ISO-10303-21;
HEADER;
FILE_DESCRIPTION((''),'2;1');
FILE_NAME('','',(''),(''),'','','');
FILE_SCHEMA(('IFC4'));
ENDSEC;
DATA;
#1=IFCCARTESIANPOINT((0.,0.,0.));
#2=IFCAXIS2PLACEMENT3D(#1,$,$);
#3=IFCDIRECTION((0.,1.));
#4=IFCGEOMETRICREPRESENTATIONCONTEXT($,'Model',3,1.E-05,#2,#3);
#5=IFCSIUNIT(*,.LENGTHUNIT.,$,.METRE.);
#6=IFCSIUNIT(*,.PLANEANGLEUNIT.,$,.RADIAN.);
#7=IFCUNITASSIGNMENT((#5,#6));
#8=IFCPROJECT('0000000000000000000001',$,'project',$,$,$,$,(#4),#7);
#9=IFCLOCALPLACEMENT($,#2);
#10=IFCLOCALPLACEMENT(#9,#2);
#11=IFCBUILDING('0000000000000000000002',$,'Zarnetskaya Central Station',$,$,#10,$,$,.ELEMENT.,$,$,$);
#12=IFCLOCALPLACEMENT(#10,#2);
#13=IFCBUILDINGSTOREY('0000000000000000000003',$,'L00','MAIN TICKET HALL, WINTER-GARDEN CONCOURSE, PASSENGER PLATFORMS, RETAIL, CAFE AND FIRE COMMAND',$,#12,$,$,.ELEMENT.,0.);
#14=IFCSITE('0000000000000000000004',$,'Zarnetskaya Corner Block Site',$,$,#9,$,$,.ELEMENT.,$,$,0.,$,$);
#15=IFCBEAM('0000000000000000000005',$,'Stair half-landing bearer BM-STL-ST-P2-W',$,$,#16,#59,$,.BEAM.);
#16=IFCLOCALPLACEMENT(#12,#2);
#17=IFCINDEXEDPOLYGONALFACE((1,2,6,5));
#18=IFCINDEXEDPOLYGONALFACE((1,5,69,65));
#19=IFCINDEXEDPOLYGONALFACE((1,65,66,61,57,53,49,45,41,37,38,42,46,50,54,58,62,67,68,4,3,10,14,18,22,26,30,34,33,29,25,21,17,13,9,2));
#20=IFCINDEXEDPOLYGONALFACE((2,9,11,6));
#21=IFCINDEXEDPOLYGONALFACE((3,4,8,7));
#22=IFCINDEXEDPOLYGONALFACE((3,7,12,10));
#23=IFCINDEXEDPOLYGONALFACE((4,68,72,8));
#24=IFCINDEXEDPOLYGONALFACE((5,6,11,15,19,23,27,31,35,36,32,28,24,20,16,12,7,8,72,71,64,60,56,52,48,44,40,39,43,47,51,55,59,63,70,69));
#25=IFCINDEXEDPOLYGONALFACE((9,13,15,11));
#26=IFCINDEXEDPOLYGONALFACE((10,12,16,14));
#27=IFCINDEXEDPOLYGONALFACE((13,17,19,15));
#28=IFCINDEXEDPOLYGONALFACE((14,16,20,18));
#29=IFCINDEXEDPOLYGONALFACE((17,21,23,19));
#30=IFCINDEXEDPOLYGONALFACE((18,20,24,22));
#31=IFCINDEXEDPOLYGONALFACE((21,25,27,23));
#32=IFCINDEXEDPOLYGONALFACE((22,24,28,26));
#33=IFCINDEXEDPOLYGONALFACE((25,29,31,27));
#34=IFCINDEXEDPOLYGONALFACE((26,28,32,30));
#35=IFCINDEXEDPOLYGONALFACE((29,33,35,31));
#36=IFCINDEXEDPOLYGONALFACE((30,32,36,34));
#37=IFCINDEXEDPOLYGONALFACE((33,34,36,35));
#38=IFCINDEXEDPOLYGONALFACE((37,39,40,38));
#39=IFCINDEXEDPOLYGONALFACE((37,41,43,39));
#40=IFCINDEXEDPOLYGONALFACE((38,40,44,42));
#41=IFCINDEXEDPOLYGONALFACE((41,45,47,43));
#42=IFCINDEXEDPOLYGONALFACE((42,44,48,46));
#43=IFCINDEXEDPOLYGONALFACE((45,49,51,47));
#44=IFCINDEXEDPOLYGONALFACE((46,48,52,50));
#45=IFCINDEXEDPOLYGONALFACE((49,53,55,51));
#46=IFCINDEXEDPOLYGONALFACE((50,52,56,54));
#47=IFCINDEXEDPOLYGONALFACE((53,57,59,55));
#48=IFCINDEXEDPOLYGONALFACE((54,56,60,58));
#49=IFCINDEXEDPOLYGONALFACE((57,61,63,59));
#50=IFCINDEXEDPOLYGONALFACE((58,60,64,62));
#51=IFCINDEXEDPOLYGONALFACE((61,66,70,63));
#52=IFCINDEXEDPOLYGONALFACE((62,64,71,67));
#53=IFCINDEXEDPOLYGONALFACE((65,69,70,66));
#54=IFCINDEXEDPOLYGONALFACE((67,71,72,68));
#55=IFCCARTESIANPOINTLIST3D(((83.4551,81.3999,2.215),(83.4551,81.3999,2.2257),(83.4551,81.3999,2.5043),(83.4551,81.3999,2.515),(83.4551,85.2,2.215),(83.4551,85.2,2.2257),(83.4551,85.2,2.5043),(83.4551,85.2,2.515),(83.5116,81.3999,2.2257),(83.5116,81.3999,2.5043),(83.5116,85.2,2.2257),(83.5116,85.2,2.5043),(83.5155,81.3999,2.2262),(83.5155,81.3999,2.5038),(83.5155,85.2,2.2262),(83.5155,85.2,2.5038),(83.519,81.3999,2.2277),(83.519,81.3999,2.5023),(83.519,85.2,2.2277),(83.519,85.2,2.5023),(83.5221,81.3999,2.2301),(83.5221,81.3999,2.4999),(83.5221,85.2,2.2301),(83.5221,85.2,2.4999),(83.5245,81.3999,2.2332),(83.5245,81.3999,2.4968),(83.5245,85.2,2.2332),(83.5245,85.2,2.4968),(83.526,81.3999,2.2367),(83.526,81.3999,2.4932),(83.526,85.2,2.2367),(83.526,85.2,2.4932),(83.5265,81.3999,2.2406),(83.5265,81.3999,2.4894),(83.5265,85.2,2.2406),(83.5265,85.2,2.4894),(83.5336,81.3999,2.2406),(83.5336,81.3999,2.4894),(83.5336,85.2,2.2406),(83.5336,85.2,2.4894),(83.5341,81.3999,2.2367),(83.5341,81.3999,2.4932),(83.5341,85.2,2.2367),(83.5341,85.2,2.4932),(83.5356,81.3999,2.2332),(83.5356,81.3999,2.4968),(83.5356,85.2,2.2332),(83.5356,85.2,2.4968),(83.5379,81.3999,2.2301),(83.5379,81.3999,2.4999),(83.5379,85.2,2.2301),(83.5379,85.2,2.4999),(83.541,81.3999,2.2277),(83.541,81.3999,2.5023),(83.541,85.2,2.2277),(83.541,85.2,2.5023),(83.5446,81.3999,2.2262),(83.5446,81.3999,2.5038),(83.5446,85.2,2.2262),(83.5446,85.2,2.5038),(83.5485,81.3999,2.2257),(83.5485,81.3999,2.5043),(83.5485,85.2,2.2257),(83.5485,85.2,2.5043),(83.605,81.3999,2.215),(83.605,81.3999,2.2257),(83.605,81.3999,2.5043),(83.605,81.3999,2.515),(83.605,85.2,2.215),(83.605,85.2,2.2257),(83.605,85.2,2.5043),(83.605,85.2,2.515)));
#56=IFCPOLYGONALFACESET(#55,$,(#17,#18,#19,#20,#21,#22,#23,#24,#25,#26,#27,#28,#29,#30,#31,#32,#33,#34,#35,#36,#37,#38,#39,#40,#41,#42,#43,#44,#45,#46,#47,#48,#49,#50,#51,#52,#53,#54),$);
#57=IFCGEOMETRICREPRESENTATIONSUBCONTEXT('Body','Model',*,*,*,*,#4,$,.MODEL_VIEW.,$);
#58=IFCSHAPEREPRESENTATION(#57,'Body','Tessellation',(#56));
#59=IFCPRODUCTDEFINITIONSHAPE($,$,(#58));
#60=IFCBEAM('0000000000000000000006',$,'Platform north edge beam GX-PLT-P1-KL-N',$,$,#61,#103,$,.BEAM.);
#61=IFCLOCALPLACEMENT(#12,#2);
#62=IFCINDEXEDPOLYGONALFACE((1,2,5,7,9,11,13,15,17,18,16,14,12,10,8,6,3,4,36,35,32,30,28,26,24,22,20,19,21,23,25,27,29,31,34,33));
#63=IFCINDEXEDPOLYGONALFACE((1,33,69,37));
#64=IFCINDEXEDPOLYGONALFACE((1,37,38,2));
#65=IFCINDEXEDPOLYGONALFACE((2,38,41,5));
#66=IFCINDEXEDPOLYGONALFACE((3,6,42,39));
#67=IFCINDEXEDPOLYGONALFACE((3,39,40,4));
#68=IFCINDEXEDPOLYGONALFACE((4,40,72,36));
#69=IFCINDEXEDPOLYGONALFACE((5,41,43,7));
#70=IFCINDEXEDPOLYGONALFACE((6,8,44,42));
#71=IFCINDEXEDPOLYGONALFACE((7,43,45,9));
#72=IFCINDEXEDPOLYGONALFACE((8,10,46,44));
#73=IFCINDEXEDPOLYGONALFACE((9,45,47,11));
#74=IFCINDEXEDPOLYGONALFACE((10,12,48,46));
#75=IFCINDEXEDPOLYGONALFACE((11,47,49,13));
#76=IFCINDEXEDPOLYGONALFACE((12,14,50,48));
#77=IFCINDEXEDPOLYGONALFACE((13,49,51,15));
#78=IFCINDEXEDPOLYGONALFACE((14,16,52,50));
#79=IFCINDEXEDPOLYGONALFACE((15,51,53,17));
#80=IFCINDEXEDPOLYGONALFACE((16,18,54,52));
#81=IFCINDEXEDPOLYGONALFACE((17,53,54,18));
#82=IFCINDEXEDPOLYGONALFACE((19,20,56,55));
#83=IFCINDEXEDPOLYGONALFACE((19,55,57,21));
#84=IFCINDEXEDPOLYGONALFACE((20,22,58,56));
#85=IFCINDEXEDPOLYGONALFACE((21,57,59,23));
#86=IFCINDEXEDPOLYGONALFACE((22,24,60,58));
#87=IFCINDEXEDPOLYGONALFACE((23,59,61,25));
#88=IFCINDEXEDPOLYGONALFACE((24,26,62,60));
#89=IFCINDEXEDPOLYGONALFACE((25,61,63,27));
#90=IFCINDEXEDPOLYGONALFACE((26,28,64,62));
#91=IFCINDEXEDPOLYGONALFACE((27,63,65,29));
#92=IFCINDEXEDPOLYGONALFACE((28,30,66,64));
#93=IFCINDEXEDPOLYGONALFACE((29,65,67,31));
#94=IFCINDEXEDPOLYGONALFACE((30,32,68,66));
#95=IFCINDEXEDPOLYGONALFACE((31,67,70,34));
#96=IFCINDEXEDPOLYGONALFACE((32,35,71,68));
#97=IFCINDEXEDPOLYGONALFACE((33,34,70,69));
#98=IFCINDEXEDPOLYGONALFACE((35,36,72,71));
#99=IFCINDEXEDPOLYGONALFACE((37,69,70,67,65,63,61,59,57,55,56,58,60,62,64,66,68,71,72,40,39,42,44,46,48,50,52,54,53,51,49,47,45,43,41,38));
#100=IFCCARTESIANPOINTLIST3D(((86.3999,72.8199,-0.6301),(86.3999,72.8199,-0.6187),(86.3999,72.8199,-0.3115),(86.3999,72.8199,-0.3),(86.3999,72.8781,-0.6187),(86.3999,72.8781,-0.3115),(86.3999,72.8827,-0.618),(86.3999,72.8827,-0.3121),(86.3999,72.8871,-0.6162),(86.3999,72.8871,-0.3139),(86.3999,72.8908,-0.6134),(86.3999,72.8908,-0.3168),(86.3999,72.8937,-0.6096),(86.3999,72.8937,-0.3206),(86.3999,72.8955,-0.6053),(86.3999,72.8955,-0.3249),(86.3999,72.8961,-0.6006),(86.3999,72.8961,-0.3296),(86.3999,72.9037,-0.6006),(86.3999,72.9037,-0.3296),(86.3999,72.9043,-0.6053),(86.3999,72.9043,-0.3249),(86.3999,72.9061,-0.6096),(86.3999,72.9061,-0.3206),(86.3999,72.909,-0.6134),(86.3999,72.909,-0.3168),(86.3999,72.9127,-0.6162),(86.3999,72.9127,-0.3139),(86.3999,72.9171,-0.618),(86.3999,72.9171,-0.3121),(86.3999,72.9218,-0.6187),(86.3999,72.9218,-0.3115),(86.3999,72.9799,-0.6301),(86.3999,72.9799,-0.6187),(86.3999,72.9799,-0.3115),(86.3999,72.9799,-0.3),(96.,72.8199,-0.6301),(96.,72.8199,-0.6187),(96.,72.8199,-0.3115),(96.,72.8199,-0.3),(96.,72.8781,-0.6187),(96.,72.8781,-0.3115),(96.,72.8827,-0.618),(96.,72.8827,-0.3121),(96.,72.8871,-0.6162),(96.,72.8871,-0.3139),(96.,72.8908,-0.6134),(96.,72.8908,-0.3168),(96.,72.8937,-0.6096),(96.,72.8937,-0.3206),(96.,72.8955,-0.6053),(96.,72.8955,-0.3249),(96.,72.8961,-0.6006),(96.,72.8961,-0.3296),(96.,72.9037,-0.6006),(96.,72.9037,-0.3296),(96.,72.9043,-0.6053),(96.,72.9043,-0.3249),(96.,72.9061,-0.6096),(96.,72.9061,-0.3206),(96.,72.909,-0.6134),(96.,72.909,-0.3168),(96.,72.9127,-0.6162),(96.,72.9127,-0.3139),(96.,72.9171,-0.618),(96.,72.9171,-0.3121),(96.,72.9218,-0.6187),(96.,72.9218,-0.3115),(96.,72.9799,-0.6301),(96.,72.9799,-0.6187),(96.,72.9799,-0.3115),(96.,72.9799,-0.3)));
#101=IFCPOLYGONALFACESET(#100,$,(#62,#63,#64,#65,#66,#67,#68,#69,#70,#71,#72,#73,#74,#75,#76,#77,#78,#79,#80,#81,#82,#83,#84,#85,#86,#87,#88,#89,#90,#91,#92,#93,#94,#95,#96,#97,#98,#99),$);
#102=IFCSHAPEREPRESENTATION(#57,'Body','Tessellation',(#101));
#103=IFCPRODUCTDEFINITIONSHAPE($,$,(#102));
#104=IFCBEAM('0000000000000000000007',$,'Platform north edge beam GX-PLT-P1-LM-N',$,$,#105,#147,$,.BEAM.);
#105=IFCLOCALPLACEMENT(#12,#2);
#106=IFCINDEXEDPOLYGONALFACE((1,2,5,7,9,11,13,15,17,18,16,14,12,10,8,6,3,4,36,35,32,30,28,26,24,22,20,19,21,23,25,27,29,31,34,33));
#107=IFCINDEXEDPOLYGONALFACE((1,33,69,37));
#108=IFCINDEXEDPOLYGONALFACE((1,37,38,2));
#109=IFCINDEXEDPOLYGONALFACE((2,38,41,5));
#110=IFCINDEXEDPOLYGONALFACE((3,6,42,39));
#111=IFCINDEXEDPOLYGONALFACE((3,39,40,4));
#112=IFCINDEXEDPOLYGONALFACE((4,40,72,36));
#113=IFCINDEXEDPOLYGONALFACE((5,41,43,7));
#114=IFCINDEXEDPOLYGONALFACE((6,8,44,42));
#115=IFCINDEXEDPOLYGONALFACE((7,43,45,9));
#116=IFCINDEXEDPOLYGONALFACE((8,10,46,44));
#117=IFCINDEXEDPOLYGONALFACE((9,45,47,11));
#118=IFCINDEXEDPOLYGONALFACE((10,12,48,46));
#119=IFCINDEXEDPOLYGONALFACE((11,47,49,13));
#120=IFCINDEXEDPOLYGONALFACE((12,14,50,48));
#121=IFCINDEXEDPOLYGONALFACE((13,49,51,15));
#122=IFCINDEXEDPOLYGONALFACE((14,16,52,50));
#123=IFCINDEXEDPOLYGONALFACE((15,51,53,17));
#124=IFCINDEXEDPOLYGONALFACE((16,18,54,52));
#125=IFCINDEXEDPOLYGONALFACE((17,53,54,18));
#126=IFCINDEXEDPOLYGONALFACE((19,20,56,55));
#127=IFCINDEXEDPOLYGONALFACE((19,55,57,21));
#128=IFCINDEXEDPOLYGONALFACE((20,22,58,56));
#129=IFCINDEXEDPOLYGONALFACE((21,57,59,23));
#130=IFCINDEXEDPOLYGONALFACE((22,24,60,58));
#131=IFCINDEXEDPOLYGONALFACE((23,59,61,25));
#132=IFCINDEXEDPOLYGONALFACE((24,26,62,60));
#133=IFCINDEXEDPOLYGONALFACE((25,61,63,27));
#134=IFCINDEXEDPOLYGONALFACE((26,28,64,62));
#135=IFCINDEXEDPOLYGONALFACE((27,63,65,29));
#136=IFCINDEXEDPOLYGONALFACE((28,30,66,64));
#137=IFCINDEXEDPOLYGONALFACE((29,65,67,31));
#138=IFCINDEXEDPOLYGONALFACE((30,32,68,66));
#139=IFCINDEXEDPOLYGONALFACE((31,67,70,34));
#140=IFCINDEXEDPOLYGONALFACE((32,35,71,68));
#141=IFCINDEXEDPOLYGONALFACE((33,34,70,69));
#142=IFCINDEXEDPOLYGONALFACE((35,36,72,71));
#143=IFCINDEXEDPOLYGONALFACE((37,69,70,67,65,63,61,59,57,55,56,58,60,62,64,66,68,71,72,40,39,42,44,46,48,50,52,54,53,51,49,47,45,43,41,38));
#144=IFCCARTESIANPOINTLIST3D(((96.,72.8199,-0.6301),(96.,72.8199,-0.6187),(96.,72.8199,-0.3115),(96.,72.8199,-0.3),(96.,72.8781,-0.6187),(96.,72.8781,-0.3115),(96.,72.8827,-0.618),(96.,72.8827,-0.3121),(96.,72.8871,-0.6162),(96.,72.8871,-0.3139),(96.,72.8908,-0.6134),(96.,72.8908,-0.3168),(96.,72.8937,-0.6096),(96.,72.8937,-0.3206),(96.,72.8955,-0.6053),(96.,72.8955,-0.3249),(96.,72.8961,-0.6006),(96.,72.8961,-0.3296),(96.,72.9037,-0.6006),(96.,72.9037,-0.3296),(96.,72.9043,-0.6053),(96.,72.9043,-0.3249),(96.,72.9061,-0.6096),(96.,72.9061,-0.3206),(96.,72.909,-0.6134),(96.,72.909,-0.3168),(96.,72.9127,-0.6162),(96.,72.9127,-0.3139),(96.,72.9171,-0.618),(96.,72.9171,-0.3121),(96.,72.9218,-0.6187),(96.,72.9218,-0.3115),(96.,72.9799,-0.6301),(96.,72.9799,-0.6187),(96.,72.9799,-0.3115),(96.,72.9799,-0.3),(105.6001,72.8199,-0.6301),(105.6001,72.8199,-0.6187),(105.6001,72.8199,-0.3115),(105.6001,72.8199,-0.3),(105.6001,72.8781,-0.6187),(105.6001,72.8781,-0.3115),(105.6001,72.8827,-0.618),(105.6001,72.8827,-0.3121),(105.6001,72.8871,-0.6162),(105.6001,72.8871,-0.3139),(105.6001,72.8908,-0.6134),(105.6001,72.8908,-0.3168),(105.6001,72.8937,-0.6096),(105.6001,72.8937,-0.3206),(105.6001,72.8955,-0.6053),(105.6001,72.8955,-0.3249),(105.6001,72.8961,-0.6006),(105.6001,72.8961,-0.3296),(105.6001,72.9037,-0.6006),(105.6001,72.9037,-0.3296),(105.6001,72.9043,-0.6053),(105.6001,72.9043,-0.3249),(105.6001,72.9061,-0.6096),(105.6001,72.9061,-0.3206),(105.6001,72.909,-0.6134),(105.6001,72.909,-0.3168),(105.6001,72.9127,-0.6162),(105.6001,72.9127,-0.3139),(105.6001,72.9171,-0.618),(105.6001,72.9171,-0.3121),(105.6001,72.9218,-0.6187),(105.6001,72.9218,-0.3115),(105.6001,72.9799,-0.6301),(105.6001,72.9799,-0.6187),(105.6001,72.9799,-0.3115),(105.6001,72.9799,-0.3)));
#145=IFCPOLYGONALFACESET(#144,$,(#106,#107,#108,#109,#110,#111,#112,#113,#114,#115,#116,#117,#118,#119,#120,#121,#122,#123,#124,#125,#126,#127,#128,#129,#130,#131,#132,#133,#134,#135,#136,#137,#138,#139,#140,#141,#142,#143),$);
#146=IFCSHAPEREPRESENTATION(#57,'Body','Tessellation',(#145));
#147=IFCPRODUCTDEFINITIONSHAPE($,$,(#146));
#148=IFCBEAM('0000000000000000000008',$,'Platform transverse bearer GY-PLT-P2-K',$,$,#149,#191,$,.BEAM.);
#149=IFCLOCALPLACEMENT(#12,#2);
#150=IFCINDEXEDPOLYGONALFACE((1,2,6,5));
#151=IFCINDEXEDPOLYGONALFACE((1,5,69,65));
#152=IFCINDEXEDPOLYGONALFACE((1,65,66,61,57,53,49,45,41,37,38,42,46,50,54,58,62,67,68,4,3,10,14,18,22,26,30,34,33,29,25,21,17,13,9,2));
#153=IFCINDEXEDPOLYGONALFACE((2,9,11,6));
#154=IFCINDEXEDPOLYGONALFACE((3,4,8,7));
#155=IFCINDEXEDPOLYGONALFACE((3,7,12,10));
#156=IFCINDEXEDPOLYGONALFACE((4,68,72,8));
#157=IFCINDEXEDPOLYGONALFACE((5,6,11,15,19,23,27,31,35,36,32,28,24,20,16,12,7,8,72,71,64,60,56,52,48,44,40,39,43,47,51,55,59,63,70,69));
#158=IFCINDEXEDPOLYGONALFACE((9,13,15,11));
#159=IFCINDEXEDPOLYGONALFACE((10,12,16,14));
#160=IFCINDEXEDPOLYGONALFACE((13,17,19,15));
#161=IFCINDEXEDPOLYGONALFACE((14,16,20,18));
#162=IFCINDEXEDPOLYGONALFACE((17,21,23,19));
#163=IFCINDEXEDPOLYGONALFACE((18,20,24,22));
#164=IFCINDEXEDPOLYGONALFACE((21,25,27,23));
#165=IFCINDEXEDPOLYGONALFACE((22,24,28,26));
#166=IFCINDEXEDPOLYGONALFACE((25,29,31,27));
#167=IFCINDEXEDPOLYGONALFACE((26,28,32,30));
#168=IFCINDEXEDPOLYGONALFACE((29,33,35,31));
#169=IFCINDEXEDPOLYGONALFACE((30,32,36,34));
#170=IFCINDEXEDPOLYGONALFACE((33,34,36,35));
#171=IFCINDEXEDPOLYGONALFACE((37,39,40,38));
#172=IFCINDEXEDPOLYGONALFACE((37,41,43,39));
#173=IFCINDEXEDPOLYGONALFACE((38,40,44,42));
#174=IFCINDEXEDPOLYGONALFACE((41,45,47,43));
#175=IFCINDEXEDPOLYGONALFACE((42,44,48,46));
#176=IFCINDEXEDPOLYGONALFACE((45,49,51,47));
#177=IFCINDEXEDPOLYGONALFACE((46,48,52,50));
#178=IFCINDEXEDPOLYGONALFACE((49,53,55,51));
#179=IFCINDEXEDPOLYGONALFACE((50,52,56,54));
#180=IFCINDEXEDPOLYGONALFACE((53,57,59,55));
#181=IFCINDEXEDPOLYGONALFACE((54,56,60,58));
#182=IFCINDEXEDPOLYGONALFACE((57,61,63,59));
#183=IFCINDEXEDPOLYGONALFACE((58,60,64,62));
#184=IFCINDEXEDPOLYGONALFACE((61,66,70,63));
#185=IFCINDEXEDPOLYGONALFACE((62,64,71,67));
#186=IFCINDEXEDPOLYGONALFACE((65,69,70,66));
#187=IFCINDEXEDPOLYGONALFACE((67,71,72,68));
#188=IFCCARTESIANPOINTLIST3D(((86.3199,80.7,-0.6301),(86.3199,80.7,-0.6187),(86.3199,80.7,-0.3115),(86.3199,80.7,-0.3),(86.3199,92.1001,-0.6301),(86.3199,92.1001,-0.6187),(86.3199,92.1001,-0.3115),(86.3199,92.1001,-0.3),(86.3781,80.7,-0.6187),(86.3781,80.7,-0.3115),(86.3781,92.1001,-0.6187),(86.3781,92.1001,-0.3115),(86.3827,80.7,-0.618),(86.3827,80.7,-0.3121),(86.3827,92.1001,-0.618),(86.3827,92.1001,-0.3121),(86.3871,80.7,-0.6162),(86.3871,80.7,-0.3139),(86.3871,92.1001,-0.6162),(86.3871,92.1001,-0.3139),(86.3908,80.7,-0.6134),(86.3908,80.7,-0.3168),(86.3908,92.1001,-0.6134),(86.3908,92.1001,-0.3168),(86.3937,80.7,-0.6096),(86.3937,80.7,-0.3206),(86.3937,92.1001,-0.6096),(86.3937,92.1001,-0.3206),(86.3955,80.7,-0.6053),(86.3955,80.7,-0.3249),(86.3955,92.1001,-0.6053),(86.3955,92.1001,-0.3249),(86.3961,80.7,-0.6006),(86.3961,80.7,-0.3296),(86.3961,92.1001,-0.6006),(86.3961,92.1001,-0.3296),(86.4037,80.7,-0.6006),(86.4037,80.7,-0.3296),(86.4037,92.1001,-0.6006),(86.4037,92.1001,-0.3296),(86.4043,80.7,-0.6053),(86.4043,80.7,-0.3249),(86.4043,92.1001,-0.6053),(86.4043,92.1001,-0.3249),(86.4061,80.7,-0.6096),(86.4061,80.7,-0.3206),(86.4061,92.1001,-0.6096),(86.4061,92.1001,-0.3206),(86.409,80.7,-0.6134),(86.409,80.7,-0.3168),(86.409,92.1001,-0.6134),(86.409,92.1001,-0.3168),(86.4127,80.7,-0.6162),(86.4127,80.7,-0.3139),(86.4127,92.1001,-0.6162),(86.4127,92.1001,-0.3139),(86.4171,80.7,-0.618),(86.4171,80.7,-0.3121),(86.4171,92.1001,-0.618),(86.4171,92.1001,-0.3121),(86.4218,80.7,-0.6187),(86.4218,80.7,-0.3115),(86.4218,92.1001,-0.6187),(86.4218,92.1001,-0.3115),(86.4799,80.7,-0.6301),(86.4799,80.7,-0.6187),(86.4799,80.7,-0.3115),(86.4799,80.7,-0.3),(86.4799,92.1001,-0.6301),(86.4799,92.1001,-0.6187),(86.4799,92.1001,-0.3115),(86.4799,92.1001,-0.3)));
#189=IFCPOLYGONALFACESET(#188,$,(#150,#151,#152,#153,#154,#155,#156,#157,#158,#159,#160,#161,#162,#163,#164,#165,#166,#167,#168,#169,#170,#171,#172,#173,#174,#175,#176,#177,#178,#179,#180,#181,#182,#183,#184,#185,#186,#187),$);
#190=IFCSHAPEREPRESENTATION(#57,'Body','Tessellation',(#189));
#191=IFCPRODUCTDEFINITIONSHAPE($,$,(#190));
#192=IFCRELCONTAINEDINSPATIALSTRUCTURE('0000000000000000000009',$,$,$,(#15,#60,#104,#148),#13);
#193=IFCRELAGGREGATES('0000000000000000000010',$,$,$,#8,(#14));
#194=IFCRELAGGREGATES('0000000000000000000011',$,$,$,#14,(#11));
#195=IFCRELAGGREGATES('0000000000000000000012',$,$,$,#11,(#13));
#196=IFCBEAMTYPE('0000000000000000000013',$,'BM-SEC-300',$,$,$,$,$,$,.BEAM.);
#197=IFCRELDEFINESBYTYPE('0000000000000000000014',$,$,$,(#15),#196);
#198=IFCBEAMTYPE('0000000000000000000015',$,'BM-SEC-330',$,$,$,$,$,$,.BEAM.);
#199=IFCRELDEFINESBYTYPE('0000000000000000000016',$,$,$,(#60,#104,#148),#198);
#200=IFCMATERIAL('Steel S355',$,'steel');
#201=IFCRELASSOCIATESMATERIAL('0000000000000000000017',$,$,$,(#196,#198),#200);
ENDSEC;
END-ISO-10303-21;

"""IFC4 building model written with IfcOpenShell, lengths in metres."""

from ifc_helpers import new_model, si_unit, direction, frame, origin, origin_2d, place, context, subcontext, project, spatial, i_section, extrude, material, material_profile, profile_set, type_object, element, save


model = new_model("IFC4")

# Units and contexts
model_context = context("Model", 3, precision=1e-05, world=origin(), true_north=direction((0.0, 1.0)))
body_context = subcontext(model_context, "Body", "Model", "MODEL_VIEW")
ifc_project = project(units=[si_unit("LENGTHUNIT", "METRE"), si_unit("PLANEANGLEUNIT", "RADIAN")], contexts=[model_context])

# Site, building, storey
site_placement = place(None, origin())
site = spatial("IfcSite", under=ifc_project, at=site_placement, Name="Zarnetskaya Corner Block Site", CompositionType="ELEMENT", RefElevation=0.0)
building_placement = place(site_placement, origin())
building = spatial("IfcBuilding", under=site, at=building_placement, Name="Zarnetskaya Central Station", CompositionType="ELEMENT")
storey_placement = place(building_placement, origin())
storey = spatial("IfcBuildingStorey", under=building, at=storey_placement, Name="L00", Description="MAIN TICKET HALL, WINTER-GARDEN CONCOURSE, PASSENGER PLATFORMS, RETAIL, CAFE AND FIRE COMMAND", CompositionType="ELEMENT", Elevation=0.0)

# Shared definitions
ifc_material_1 = material(Name="Steel S355", Category="steel")

# Beams
ifc_material_profile_1 = material_profile(ifc_material_1, i_section(OverallWidth=0.1499, OverallDepth=0.3, WebThickness=0.0071, FlangeThickness=0.0107, FilletRadius=0.0149, at=origin_2d()), Name="IPE 300")
ifc_profile_set_1 = profile_set([ifc_material_profile_1], Name="Steel S355")
beam_type_1 = type_object("IfcBeamType", Name="BM-SEC-300", PredefinedType="BEAM", material=ifc_profile_set_1)
beam_placement = place(storey_placement, frame((83.53, 81.3999, 2.365), z_axis=(0.0, 1.0, 0.0), x_axis=(-1.0, 0.0, 0.0)))
element("IfcBeam", 1, at=beam_placement, inside=storey, type_object=beam_type_1, Name="Stair half-landing bearer BM-STL-ST-P2-W", PredefinedType="BEAM", context=body_context, shape_type="SweptSolid", body=[
    extrude(i_section(OverallWidth=0.1499, OverallDepth=0.3, WebThickness=0.0071, FlangeThickness=0.0107, FilletRadius=0.0149, at=origin_2d()), origin(), (0.0, 0.0, 1.0), 3.8),
])
ifc_material_profile_2 = material_profile(ifc_material_1, i_section(OverallWidth=0.1599, OverallDepth=0.3301, WebThickness=0.0076, FlangeThickness=0.0115, FilletRadius=0.0181, at=origin_2d()), Name="IPE 330")
ifc_profile_set_2 = profile_set([ifc_material_profile_2], Name="Steel S355")
beam_type_2 = type_object("IfcBeamType", Name="BM-SEC-330", PredefinedType="BEAM", material=ifc_profile_set_2)
for number, where, z_axis, x_axis, name in (
    (2, (86.3999, 72.8999, -0.4651), (1.0, 0.0, 0.0), (0.0, 1.0, 0.0), "Platform north edge beam GX-PLT-P1-KL-N"),
    (3, (96.0, 72.8999, -0.4651), (1.0, 0.0, 0.0), (0.0, 1.0, 0.0), "Platform north edge beam GX-PLT-P1-LM-N"),
):
    element("IfcBeam", number, at=place(storey_placement, frame(where, z_axis=z_axis, x_axis=x_axis)), inside=storey, type_object=beam_type_2, Name=name, PredefinedType="BEAM", context=body_context, shape_type="SweptSolid", body=[
        extrude(i_section(OverallWidth=0.1599, OverallDepth=0.3301, WebThickness=0.0076, FlangeThickness=0.0115, FilletRadius=0.0181, at=origin_2d()), origin(), (0.0, 0.0, 1.0), 9.6001),
    ])
for number, where, z_axis, x_axis, name in (
    (4, (86.3999, 80.7, -0.4651), (0.0, 1.0, 0.0), (-1.0, 0.0, 0.0), "Platform transverse bearer GY-PLT-P2-K"),
):
    element("IfcBeam", number, at=place(storey_placement, frame(where, z_axis=z_axis, x_axis=x_axis)), inside=storey, type_object=beam_type_2, Name=name, PredefinedType="BEAM", context=body_context, shape_type="SweptSolid", body=[
        extrude(i_section(OverallWidth=0.1599, OverallDepth=0.3301, WebThickness=0.0076, FlangeThickness=0.0115, FilletRadius=0.0181, at=origin_2d()), origin(), (0.0, 0.0, 1.0), 11.4001),
    ])

save(model, "model.ifc")
